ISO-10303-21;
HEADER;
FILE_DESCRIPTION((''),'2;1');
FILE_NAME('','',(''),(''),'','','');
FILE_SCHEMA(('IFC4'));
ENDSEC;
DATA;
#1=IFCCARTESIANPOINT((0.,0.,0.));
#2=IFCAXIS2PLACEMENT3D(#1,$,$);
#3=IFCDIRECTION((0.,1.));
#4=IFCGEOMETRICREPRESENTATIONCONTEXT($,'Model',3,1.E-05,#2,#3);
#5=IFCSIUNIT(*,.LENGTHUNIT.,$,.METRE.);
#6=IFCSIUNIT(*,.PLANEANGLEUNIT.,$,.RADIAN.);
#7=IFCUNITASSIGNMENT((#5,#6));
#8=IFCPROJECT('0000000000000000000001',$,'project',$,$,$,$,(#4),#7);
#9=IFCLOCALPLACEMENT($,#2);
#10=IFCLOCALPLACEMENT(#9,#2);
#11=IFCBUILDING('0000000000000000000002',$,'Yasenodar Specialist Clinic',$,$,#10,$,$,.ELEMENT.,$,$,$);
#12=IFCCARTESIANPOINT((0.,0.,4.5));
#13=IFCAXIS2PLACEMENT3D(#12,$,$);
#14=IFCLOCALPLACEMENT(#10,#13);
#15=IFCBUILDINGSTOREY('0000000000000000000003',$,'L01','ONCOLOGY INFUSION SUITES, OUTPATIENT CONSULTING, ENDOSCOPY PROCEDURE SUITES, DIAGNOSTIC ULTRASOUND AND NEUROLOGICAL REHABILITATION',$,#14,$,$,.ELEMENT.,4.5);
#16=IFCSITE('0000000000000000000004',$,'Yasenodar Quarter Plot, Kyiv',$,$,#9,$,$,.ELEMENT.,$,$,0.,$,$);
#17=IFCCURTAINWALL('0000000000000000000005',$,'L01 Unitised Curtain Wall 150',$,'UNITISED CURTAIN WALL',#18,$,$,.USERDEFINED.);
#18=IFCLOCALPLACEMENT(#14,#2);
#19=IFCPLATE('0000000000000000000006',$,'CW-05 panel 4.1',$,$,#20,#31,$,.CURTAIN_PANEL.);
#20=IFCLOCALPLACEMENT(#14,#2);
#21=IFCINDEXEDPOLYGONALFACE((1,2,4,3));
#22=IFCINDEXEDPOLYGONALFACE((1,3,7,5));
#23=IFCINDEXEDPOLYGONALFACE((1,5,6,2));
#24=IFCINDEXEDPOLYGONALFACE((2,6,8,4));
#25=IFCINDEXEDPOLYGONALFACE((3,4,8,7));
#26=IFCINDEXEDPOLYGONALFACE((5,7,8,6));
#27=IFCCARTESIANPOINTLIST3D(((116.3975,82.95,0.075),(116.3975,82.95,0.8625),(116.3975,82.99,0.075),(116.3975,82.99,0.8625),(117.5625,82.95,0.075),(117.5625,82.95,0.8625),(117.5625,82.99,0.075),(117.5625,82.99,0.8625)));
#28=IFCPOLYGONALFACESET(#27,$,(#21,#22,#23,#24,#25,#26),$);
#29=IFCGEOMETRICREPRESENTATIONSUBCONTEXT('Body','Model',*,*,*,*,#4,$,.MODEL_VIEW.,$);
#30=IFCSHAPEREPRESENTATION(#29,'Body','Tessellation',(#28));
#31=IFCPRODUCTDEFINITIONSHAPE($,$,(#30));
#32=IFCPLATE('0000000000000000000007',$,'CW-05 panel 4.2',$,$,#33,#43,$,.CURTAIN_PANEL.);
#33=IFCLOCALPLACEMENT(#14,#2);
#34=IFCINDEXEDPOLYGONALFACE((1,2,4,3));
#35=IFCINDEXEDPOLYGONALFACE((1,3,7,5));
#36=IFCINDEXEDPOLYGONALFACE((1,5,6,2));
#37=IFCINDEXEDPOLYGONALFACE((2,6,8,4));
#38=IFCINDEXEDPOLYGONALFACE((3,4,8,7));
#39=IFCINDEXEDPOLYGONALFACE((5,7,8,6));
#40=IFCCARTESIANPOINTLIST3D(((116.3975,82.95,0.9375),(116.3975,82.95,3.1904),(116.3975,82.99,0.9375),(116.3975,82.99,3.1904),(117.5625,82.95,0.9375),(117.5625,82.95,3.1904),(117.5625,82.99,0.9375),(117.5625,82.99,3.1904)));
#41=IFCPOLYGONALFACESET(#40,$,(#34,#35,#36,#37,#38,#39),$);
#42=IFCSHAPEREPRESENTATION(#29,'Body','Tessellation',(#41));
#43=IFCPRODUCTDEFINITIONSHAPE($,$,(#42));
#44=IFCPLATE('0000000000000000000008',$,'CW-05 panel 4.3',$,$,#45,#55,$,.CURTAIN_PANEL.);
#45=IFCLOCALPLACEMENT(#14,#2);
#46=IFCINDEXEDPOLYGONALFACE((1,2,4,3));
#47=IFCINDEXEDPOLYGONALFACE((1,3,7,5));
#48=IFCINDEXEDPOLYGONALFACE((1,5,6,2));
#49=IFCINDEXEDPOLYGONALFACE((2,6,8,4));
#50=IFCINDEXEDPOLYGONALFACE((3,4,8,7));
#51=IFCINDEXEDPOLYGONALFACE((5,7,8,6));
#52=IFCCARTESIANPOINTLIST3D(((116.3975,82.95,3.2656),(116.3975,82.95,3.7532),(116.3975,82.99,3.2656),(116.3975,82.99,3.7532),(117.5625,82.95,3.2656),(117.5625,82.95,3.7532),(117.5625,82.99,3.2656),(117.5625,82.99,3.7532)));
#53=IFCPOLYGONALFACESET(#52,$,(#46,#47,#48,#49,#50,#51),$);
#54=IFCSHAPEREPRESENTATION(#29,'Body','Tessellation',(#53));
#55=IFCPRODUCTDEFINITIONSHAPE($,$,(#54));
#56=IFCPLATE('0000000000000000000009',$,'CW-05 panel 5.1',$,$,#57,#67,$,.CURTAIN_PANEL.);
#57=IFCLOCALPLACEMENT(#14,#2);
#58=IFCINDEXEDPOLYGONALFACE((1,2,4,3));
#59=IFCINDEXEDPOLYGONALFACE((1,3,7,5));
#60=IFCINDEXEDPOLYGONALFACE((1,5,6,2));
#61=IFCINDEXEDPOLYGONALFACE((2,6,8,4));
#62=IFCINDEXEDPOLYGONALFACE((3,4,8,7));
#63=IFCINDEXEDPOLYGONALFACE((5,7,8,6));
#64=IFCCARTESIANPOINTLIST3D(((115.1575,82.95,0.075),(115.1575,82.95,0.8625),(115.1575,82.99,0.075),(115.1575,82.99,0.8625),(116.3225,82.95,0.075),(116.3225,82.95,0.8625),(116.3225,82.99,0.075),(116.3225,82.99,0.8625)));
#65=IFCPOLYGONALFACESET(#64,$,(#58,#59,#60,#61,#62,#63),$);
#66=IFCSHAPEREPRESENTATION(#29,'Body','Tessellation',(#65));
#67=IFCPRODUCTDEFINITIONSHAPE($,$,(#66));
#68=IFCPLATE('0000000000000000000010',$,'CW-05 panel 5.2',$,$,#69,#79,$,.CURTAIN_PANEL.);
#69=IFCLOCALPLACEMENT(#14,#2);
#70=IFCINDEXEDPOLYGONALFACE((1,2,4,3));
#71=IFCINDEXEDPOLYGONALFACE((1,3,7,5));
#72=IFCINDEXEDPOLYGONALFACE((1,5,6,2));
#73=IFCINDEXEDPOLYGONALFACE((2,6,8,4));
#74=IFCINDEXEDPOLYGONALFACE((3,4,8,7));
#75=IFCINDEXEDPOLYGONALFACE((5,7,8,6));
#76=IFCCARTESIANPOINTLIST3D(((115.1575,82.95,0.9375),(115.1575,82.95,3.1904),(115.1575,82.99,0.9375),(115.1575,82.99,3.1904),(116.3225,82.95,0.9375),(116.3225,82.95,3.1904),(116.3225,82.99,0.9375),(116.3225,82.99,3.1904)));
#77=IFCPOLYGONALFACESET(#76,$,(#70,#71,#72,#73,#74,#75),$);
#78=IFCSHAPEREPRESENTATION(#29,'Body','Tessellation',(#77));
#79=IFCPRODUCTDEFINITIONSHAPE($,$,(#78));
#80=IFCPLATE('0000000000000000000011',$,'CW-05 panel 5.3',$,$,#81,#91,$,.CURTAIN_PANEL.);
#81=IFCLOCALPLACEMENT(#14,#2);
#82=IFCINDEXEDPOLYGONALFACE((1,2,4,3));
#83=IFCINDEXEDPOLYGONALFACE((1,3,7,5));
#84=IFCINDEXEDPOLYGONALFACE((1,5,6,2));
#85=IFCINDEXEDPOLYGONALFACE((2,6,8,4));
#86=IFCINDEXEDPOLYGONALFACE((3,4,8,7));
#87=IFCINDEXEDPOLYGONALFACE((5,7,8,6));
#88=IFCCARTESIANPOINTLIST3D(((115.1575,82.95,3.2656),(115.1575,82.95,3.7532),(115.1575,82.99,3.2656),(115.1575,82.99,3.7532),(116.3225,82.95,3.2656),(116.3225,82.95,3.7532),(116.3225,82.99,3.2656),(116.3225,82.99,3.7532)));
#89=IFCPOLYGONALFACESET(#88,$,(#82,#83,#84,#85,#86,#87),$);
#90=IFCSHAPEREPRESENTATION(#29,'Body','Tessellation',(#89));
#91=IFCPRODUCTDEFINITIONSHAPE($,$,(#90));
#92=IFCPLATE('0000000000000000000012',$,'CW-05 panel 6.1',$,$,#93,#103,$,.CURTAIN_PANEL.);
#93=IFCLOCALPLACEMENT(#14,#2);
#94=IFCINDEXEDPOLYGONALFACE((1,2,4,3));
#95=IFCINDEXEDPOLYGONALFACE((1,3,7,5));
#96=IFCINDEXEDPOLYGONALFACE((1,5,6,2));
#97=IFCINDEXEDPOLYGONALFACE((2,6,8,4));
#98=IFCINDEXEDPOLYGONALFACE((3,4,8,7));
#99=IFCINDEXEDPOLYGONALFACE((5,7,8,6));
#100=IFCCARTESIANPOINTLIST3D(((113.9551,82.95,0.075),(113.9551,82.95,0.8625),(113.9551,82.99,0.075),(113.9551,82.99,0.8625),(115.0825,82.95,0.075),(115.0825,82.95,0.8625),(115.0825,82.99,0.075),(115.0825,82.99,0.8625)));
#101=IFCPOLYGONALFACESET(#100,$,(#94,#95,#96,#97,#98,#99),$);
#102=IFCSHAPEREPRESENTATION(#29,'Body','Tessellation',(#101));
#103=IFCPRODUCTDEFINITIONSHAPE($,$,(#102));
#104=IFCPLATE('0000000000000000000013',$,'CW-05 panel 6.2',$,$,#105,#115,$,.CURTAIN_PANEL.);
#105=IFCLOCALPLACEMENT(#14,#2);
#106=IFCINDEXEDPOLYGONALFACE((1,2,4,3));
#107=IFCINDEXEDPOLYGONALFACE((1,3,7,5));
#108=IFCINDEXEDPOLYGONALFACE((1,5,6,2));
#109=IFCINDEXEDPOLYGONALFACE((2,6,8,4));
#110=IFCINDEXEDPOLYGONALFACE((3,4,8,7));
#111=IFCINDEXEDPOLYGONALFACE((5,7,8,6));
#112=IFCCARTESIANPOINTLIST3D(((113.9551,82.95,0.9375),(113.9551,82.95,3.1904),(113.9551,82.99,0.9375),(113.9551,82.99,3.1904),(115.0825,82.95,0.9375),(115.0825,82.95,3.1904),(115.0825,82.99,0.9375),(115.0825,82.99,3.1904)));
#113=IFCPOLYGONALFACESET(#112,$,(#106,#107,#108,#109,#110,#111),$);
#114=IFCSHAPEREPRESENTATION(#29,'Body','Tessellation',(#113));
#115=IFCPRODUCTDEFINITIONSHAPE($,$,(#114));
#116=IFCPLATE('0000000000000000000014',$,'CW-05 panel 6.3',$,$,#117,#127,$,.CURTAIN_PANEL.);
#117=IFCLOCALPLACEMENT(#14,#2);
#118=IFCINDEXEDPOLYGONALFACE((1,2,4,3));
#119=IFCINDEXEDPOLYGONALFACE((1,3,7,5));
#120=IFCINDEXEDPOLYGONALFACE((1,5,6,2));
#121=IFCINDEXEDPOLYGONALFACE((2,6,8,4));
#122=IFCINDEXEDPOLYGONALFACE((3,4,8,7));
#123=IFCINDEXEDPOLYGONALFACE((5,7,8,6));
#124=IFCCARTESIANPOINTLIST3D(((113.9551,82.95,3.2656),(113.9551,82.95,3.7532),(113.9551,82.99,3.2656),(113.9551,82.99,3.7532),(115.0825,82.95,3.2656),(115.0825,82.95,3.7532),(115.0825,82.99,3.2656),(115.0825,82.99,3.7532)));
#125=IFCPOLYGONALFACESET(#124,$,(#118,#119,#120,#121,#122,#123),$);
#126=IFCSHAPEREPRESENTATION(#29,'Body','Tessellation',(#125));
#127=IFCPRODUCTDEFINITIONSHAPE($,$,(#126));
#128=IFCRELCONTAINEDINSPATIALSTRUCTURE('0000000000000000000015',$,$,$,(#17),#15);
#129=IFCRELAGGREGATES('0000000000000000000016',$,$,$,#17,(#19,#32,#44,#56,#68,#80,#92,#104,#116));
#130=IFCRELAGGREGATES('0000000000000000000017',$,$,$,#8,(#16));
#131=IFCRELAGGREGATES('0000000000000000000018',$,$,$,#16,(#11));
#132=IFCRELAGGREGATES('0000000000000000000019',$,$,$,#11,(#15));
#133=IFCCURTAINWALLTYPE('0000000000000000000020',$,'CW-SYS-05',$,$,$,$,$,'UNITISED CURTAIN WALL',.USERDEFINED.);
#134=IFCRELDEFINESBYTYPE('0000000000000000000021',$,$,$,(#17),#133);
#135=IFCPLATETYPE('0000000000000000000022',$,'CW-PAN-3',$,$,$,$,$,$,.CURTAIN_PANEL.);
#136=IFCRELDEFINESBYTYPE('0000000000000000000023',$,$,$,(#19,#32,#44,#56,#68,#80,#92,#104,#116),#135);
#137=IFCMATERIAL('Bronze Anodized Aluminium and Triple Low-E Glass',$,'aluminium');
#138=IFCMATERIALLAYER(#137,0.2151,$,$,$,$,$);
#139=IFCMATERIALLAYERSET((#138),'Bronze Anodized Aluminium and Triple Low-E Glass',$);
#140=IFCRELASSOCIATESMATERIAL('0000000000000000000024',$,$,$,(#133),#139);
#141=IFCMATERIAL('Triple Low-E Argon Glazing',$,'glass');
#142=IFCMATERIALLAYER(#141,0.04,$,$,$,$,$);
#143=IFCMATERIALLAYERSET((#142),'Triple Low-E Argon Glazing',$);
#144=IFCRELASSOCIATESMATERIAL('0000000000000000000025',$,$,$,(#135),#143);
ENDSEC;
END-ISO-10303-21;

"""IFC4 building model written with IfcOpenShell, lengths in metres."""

from ifc_helpers import new_model, si_unit, direction, frame, origin, origin_2d, place, context, subcontext, project, spatial, rectangle, extrude, material, layer, layer_set, type_object, element, aggregate, save


model = new_model("IFC4")

# Units and contexts
model_context = context("Model", 3, precision=1e-05, world=origin(), true_north=direction((0.0, 1.0)))
body_context = subcontext(model_context, "Body", "Model", "MODEL_VIEW")
ifc_project = project(units=[si_unit("LENGTHUNIT", "METRE"), si_unit("PLANEANGLEUNIT", "RADIAN")], contexts=[model_context])

# Site, building, storey
site_placement = place(None, origin())
site = spatial("IfcSite", under=ifc_project, at=site_placement, Name="Yasenodar Quarter Plot, Kyiv", CompositionType="ELEMENT", RefElevation=0.0)
building_placement = place(site_placement, origin())
building = spatial("IfcBuilding", under=site, at=building_placement, Name="Yasenodar Specialist Clinic", CompositionType="ELEMENT")
storey_placement = place(building_placement, frame((0.0, 0.0, 4.5)))
storey = spatial("IfcBuildingStorey", under=building, at=storey_placement, Name="L01", Description="ONCOLOGY INFUSION SUITES, OUTPATIENT CONSULTING, ENDOSCOPY PROCEDURE SUITES, DIAGNOSTIC ULTRASOUND AND NEUROLOGICAL REHABILITATION", CompositionType="ELEMENT", Elevation=4.5)

# Curtain wall, plates
ifc_material_1 = material(Name="Bronze Anodized Aluminium and Triple Low-E Glass", Category="aluminium")
ifc_layer_1 = layer(ifc_material_1, 0.2151)
ifc_layer_set_1 = layer_set([ifc_layer_1], Name="Bronze Anodized Aluminium and Triple Low-E Glass")
curtain_wall_type = type_object("IfcCurtainWallType", Name="CW-SYS-05", ElementType="UNITISED CURTAIN WALL", PredefinedType="USERDEFINED", material=ifc_layer_set_1)
curtain_wall_placement = place(storey_placement, origin())
curtain_wall = element("IfcCurtainWall", 1, at=curtain_wall_placement, inside=storey, type_object=curtain_wall_type, Name="L01 Unitised Curtain Wall 150", ObjectType="UNITISED CURTAIN WALL", PredefinedType="USERDEFINED")
ifc_material_2 = material(Name="Triple Low-E Argon Glazing", Category="glass")
ifc_layer_2 = layer(ifc_material_2, 0.04)
ifc_layer_set_2 = layer_set([ifc_layer_2], Name="Triple Low-E Argon Glazing")
plate_type = type_object("IfcPlateType", Name="CW-PAN-3", PredefinedType="CURTAIN_PANEL", material=ifc_layer_set_2)
plate_1_placement = place(storey_placement, frame((116.98, 82.97, 0.075), z_axis=(0.0, 0.0, 1.0), x_axis=(-1.0, 0.0, 0.0)))
plate_1 = element("IfcPlate", 2, at=plate_1_placement, type_object=plate_type, Name="CW-05 panel 4.1", PredefinedType="CURTAIN_PANEL", context=body_context, shape_type="SweptSolid", body=[
    extrude(rectangle(XDim=1.165, YDim=0.04, at=origin_2d()), origin(), (0.0, 0.0, 1.0), 0.7876),
])
plate_2_placement = place(storey_placement, frame((116.98, 82.97, 0.9375), z_axis=(0.0, 0.0, 1.0), x_axis=(-1.0, 0.0, 0.0)))
plate_2 = element("IfcPlate", 3, at=plate_2_placement, type_object=plate_type, Name="CW-05 panel 4.2", PredefinedType="CURTAIN_PANEL", context=body_context, shape_type="SweptSolid", body=[
    extrude(rectangle(XDim=1.165, YDim=0.04, at=origin_2d()), origin(), (0.0, 0.0, 1.0), 2.2529),
])
plate_3_placement = place(storey_placement, frame((116.98, 82.97, 3.2656), z_axis=(0.0, 0.0, 1.0), x_axis=(-1.0, 0.0, 0.0)))
plate_3 = element("IfcPlate", 4, at=plate_3_placement, type_object=plate_type, Name="CW-05 panel 4.3", PredefinedType="CURTAIN_PANEL", context=body_context, shape_type="SweptSolid", body=[
    extrude(rectangle(XDim=1.165, YDim=0.04, at=origin_2d()), origin(), (0.0, 0.0, 1.0), 0.4875),
])
plate_4_placement = place(storey_placement, frame((115.74, 82.97, 0.075), z_axis=(0.0, 0.0, 1.0), x_axis=(-1.0, 0.0, 0.0)))
plate_4 = element("IfcPlate", 5, at=plate_4_placement, type_object=plate_type, Name="CW-05 panel 5.1", PredefinedType="CURTAIN_PANEL", context=body_context, shape_type="SweptSolid", body=[
    extrude(rectangle(XDim=1.165, YDim=0.04, at=origin_2d()), origin(), (0.0, 0.0, 1.0), 0.7876),
])
plate_5_placement = place(storey_placement, frame((115.74, 82.97, 0.9375), z_axis=(0.0, 0.0, 1.0), x_axis=(-1.0, 0.0, 0.0)))
plate_5 = element("IfcPlate", 6, at=plate_5_placement, type_object=plate_type, Name="CW-05 panel 5.2", PredefinedType="CURTAIN_PANEL", context=body_context, shape_type="SweptSolid", body=[
    extrude(rectangle(XDim=1.165, YDim=0.04, at=origin_2d()), origin(), (0.0, 0.0, 1.0), 2.2529),
])
plate_6_placement = place(storey_placement, frame((115.74, 82.97, 3.2656), z_axis=(0.0, 0.0, 1.0), x_axis=(-1.0, 0.0, 0.0)))
plate_6 = element("IfcPlate", 7, at=plate_6_placement, type_object=plate_type, Name="CW-05 panel 5.3", PredefinedType="CURTAIN_PANEL", context=body_context, shape_type="SweptSolid", body=[
    extrude(rectangle(XDim=1.165, YDim=0.04, at=origin_2d()), origin(), (0.0, 0.0, 1.0), 0.4875),
])
plate_7_placement = place(storey_placement, frame((114.5188, 82.97, 0.075), z_axis=(0.0, 0.0, 1.0), x_axis=(-1.0, 0.0, 0.0)))
plate_7 = element("IfcPlate", 8, at=plate_7_placement, type_object=plate_type, Name="CW-05 panel 6.1", PredefinedType="CURTAIN_PANEL", context=body_context, shape_type="SweptSolid", body=[
    extrude(rectangle(XDim=1.1274, YDim=0.04, at=origin_2d()), origin(), (0.0, 0.0, 1.0), 0.7876),
])
plate_8_placement = place(storey_placement, frame((114.5188, 82.97, 0.9375), z_axis=(0.0, 0.0, 1.0), x_axis=(-1.0, 0.0, 0.0)))
plate_8 = element("IfcPlate", 9, at=plate_8_placement, type_object=plate_type, Name="CW-05 panel 6.2", PredefinedType="CURTAIN_PANEL", context=body_context, shape_type="SweptSolid", body=[
    extrude(rectangle(XDim=1.1274, YDim=0.04, at=origin_2d()), origin(), (0.0, 0.0, 1.0), 2.2529),
])
plate_9_placement = place(storey_placement, frame((114.5188, 82.97, 3.2656), z_axis=(0.0, 0.0, 1.0), x_axis=(-1.0, 0.0, 0.0)))
plate_9 = element("IfcPlate", 10, at=plate_9_placement, type_object=plate_type, Name="CW-05 panel 6.3", PredefinedType="CURTAIN_PANEL", context=body_context, shape_type="SweptSolid", body=[
    extrude(rectangle(XDim=1.1274, YDim=0.04, at=origin_2d()), origin(), (0.0, 0.0, 1.0), 0.4875),
])
aggregate(curtain_wall, [plate_1, plate_2, plate_3, plate_4, plate_5, plate_6, plate_7, plate_8, plate_9])

save(model, "model.ifc")
